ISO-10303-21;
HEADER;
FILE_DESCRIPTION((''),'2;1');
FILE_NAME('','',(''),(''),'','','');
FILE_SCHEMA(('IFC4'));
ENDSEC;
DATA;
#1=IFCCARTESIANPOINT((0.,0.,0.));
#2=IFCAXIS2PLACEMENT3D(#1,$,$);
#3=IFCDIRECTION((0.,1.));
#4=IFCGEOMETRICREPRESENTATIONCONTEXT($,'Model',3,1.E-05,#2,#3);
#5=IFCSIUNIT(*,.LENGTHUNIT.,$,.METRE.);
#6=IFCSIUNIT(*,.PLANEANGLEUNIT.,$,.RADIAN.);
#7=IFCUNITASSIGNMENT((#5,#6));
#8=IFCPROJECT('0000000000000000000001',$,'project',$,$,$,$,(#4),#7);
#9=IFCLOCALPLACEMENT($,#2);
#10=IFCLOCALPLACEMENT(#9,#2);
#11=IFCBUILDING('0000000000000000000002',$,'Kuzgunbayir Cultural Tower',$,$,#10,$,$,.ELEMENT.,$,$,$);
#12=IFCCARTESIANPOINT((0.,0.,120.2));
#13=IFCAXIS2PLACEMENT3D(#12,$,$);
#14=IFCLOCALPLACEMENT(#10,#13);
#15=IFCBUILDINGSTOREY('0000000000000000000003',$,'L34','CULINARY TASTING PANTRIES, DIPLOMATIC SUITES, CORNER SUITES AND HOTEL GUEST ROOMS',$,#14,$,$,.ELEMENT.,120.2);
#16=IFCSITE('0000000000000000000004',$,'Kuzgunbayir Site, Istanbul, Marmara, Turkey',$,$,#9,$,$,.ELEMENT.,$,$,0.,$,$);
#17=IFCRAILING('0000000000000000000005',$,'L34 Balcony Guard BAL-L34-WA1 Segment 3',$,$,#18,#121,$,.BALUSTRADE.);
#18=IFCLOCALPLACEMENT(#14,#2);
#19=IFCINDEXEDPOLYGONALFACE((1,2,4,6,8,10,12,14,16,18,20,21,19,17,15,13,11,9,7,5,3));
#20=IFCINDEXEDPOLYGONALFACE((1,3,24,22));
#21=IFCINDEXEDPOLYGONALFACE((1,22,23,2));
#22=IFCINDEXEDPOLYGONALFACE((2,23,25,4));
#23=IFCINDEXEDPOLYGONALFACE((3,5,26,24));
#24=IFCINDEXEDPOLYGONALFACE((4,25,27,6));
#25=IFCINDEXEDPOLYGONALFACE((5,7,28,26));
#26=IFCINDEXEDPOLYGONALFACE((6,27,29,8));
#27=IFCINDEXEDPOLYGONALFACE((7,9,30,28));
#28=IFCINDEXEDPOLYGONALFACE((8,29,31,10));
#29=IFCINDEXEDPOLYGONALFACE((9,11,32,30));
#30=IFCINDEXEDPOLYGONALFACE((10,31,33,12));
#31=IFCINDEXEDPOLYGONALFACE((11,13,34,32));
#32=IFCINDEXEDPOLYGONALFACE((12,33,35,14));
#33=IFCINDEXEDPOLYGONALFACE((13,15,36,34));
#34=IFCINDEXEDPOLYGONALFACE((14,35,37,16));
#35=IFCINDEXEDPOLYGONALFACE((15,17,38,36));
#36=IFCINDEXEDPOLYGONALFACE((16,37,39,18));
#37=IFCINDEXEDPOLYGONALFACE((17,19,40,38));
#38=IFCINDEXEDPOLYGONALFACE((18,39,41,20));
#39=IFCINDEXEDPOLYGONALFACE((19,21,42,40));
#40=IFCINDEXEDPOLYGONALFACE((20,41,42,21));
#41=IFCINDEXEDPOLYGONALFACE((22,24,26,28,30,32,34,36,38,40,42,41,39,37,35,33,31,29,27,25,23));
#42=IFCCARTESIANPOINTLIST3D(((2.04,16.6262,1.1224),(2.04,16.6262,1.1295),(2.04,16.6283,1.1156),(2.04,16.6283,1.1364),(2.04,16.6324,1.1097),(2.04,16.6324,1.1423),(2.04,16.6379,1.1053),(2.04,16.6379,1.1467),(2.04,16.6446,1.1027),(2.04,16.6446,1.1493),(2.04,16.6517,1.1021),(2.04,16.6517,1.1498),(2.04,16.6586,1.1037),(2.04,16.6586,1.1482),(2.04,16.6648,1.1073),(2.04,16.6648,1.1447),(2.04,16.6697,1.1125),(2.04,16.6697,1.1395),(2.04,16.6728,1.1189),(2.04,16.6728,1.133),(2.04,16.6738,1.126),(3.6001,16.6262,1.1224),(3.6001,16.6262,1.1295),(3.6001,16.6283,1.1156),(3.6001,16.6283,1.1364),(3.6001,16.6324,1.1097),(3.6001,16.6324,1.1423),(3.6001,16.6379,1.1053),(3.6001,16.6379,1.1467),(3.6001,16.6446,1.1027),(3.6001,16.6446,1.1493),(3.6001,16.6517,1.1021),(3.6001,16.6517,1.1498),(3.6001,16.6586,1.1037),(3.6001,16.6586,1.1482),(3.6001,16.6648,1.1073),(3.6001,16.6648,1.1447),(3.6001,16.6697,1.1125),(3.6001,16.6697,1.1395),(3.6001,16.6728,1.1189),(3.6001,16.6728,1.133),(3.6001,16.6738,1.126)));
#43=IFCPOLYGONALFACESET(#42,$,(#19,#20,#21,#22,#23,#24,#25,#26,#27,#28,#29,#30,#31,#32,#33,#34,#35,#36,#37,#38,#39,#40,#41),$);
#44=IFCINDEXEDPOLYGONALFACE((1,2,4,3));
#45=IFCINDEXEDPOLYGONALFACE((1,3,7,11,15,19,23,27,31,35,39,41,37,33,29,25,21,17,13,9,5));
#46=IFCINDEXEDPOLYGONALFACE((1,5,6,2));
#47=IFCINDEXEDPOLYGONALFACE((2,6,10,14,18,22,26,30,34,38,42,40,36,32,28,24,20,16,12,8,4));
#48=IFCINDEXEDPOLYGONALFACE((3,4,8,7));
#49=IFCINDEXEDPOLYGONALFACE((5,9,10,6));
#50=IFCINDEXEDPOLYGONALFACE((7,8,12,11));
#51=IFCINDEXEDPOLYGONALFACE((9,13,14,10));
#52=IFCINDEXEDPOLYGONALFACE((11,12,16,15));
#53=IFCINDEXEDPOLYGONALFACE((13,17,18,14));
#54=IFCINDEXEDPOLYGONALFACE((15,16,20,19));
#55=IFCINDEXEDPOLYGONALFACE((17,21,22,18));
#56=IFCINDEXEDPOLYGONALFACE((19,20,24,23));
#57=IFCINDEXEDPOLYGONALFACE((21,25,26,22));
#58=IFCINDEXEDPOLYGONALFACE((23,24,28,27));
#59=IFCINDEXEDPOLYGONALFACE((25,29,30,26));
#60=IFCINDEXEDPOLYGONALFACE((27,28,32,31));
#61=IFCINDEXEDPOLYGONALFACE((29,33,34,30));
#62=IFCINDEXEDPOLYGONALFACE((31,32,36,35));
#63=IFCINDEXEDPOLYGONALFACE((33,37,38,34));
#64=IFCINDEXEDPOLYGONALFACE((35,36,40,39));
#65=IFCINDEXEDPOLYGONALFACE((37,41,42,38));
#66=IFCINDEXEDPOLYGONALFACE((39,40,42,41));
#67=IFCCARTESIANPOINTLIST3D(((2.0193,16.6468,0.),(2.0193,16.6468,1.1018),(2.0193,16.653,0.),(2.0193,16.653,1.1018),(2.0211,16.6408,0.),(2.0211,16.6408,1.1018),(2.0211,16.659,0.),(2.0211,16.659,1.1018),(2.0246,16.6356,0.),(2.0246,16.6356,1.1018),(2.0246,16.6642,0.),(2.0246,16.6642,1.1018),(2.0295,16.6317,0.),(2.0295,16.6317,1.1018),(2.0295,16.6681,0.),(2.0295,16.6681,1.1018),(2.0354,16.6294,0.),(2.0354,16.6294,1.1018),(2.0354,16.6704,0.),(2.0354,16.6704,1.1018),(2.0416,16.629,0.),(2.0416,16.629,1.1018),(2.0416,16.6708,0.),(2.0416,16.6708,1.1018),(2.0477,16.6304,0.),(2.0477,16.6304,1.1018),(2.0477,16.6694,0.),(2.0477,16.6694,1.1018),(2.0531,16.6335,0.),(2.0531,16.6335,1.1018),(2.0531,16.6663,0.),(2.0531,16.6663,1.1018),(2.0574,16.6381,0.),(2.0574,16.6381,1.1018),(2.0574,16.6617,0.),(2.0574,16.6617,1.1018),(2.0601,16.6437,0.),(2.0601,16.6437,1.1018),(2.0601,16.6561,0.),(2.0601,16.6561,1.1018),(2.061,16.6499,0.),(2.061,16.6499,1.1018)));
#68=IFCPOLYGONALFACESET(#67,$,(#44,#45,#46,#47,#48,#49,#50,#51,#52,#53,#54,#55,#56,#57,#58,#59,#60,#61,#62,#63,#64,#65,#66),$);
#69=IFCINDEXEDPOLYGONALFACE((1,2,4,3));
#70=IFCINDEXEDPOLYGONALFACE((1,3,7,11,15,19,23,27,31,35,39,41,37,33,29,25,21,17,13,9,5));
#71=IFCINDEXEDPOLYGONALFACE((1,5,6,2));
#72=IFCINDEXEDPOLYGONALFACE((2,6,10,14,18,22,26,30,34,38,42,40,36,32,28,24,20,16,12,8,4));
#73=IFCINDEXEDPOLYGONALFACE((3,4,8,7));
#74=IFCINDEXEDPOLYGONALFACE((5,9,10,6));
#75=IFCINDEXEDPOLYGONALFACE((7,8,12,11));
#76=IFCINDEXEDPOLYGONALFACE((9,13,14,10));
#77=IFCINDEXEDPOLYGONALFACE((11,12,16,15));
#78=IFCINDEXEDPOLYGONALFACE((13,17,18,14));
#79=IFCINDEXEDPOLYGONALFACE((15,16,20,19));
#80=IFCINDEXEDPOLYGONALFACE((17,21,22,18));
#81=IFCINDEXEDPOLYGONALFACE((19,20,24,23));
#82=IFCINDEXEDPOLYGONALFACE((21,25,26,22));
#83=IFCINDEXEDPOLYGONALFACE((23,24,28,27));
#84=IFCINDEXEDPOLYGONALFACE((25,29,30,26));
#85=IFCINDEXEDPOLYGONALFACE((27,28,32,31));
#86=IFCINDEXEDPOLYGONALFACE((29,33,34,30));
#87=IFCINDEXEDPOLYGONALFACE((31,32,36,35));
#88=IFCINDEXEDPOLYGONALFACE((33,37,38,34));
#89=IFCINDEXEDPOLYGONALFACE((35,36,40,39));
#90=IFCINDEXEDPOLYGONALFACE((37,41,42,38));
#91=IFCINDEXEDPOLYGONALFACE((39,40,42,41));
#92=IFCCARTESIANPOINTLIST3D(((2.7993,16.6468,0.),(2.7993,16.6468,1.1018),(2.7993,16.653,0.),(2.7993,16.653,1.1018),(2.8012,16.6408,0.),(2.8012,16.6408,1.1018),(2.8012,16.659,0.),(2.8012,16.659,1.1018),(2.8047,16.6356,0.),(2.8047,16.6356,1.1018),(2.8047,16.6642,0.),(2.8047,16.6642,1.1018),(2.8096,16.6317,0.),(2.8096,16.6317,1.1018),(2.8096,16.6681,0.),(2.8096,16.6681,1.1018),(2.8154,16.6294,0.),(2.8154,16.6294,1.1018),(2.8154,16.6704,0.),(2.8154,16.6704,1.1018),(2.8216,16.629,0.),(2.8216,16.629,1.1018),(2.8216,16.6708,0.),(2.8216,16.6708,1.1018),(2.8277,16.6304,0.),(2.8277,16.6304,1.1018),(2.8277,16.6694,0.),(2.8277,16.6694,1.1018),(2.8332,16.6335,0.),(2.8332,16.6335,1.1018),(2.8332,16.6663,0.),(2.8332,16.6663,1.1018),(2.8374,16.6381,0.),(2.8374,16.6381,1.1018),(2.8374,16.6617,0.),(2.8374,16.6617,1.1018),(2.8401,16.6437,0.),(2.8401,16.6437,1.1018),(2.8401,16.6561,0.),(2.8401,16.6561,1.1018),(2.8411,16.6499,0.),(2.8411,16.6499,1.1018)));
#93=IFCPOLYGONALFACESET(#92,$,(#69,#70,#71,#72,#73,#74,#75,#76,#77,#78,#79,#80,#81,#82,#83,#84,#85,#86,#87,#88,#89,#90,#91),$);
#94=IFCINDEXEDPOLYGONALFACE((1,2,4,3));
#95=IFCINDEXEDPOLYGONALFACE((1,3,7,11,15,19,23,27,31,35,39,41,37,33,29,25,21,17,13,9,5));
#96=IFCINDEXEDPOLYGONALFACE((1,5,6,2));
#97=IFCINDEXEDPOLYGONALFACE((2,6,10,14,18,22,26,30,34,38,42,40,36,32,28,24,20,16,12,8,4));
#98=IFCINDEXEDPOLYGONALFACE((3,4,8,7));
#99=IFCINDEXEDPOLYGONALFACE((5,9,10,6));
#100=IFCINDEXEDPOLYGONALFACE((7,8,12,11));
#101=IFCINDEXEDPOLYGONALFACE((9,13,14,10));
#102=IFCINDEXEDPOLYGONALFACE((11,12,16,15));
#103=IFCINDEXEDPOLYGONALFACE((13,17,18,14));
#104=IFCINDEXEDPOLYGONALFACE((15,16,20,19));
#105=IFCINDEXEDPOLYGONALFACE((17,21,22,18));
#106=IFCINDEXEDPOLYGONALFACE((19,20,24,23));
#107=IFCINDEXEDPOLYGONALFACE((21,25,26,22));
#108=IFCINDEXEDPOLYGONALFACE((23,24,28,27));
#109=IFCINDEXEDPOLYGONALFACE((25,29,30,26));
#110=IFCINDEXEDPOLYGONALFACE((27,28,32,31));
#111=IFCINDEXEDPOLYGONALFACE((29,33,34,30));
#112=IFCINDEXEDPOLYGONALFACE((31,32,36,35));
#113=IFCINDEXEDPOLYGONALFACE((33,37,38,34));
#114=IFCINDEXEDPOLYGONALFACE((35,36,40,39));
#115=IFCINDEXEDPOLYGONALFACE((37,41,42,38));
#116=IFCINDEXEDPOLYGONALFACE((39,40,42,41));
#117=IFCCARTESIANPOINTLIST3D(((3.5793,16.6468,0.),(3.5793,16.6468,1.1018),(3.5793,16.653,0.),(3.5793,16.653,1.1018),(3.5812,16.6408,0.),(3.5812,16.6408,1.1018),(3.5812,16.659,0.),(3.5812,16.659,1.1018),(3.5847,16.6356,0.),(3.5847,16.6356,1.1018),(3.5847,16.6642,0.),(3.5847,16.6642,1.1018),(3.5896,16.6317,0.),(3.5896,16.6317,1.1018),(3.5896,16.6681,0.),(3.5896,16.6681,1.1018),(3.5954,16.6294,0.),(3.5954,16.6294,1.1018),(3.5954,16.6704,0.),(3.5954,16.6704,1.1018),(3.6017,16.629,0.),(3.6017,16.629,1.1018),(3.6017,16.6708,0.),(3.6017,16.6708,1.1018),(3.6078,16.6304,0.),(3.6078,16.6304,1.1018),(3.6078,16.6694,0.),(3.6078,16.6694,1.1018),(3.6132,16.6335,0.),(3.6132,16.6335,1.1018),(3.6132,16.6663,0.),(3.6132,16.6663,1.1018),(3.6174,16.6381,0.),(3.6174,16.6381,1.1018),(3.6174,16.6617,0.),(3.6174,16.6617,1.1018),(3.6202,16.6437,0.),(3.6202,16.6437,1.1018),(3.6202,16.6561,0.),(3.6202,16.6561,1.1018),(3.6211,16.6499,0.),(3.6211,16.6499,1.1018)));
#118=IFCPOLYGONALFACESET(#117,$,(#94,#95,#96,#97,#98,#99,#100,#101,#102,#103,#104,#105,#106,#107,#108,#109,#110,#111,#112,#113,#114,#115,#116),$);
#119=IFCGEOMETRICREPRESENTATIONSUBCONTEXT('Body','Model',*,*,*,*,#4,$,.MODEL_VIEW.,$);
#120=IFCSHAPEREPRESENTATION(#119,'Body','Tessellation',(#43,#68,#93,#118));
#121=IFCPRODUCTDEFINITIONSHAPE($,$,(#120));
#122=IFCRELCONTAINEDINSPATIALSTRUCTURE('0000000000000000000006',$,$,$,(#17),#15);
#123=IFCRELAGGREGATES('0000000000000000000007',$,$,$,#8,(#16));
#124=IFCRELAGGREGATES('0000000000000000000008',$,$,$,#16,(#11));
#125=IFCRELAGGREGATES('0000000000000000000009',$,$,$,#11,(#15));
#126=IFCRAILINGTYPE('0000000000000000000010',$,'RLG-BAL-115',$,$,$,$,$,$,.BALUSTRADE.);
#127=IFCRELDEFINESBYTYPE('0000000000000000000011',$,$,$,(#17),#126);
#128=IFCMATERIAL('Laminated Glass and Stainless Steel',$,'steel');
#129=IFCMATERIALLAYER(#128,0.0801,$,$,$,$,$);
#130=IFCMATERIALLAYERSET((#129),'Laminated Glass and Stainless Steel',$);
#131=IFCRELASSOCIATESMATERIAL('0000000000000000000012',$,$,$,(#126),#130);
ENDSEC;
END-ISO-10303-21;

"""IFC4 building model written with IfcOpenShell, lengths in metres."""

from ifc_helpers import new_model, si_unit, direction, frame, origin, origin_2d, place, context, subcontext, project, spatial, circle, extrude, material, layer, layer_set, type_object, element, save


model = new_model("IFC4")

# Units and contexts
model_context = context("Model", 3, precision=1e-05, world=origin(), true_north=direction((0.0, 1.0)))
body_context = subcontext(model_context, "Body", "Model", "MODEL_VIEW")
ifc_project = project(units=[si_unit("LENGTHUNIT", "METRE"), si_unit("PLANEANGLEUNIT", "RADIAN")], contexts=[model_context])

# Site, building, storey
site_placement = place(None, origin())
site = spatial("IfcSite", under=ifc_project, at=site_placement, Name="Kuzgunbayir Site, Istanbul, Marmara, Turkey", CompositionType="ELEMENT", RefElevation=0.0)
building_placement = place(site_placement, origin())
building = spatial("IfcBuilding", under=site, at=building_placement, Name="Kuzgunbayir Cultural Tower", CompositionType="ELEMENT")
storey_placement = place(building_placement, frame((0.0, 0.0, 120.2)))
storey = spatial("IfcBuildingStorey", under=building, at=storey_placement, Name="L34", Description="CULINARY TASTING PANTRIES, DIPLOMATIC SUITES, CORNER SUITES AND HOTEL GUEST ROOMS", CompositionType="ELEMENT", Elevation=120.2)

# Railing
ifc_material_1 = material(Name="Laminated Glass and Stainless Steel", Category="steel")
ifc_layer_1 = layer(ifc_material_1, 0.0801)
ifc_layer_set_1 = layer_set([ifc_layer_1], Name="Laminated Glass and Stainless Steel")
railing_type = type_object("IfcRailingType", Name="RLG-BAL-115", PredefinedType="BALUSTRADE", material=ifc_layer_set_1)
railing_1_placement = place(storey_placement, frame((2.04, 16.6499, 0.0)))
element("IfcRailing", 1, at=railing_1_placement, inside=storey, type_object=railing_type, Name="L34 Balcony Guard BAL-L34-WA1 Segment 3", PredefinedType="BALUSTRADE", context=body_context, shape_type="SweptSolid", body=[
    extrude(circle(Radius=0.0239, at=origin_2d()), frame((0.0, 0.0, 1.126), z_axis=(1.0, 0.0, 0.0), x_axis=(0.0, 1.0, 0.0)), (0.0, 0.0, 1.0), 1.5601),
    extrude(circle(Radius=0.021, at=origin_2d()), origin(), (0.0, 0.0, 1.0), 1.1018),
    extrude(circle(Radius=0.021, at=origin_2d()), frame((0.78, 0.0, 0.0)), (0.0, 0.0, 1.0), 1.1018),
    extrude(circle(Radius=0.021, at=origin_2d()), frame((1.5601, 0.0, 0.0)), (0.0, 0.0, 1.0), 1.1018),
])

save(model, "model.ifc")
